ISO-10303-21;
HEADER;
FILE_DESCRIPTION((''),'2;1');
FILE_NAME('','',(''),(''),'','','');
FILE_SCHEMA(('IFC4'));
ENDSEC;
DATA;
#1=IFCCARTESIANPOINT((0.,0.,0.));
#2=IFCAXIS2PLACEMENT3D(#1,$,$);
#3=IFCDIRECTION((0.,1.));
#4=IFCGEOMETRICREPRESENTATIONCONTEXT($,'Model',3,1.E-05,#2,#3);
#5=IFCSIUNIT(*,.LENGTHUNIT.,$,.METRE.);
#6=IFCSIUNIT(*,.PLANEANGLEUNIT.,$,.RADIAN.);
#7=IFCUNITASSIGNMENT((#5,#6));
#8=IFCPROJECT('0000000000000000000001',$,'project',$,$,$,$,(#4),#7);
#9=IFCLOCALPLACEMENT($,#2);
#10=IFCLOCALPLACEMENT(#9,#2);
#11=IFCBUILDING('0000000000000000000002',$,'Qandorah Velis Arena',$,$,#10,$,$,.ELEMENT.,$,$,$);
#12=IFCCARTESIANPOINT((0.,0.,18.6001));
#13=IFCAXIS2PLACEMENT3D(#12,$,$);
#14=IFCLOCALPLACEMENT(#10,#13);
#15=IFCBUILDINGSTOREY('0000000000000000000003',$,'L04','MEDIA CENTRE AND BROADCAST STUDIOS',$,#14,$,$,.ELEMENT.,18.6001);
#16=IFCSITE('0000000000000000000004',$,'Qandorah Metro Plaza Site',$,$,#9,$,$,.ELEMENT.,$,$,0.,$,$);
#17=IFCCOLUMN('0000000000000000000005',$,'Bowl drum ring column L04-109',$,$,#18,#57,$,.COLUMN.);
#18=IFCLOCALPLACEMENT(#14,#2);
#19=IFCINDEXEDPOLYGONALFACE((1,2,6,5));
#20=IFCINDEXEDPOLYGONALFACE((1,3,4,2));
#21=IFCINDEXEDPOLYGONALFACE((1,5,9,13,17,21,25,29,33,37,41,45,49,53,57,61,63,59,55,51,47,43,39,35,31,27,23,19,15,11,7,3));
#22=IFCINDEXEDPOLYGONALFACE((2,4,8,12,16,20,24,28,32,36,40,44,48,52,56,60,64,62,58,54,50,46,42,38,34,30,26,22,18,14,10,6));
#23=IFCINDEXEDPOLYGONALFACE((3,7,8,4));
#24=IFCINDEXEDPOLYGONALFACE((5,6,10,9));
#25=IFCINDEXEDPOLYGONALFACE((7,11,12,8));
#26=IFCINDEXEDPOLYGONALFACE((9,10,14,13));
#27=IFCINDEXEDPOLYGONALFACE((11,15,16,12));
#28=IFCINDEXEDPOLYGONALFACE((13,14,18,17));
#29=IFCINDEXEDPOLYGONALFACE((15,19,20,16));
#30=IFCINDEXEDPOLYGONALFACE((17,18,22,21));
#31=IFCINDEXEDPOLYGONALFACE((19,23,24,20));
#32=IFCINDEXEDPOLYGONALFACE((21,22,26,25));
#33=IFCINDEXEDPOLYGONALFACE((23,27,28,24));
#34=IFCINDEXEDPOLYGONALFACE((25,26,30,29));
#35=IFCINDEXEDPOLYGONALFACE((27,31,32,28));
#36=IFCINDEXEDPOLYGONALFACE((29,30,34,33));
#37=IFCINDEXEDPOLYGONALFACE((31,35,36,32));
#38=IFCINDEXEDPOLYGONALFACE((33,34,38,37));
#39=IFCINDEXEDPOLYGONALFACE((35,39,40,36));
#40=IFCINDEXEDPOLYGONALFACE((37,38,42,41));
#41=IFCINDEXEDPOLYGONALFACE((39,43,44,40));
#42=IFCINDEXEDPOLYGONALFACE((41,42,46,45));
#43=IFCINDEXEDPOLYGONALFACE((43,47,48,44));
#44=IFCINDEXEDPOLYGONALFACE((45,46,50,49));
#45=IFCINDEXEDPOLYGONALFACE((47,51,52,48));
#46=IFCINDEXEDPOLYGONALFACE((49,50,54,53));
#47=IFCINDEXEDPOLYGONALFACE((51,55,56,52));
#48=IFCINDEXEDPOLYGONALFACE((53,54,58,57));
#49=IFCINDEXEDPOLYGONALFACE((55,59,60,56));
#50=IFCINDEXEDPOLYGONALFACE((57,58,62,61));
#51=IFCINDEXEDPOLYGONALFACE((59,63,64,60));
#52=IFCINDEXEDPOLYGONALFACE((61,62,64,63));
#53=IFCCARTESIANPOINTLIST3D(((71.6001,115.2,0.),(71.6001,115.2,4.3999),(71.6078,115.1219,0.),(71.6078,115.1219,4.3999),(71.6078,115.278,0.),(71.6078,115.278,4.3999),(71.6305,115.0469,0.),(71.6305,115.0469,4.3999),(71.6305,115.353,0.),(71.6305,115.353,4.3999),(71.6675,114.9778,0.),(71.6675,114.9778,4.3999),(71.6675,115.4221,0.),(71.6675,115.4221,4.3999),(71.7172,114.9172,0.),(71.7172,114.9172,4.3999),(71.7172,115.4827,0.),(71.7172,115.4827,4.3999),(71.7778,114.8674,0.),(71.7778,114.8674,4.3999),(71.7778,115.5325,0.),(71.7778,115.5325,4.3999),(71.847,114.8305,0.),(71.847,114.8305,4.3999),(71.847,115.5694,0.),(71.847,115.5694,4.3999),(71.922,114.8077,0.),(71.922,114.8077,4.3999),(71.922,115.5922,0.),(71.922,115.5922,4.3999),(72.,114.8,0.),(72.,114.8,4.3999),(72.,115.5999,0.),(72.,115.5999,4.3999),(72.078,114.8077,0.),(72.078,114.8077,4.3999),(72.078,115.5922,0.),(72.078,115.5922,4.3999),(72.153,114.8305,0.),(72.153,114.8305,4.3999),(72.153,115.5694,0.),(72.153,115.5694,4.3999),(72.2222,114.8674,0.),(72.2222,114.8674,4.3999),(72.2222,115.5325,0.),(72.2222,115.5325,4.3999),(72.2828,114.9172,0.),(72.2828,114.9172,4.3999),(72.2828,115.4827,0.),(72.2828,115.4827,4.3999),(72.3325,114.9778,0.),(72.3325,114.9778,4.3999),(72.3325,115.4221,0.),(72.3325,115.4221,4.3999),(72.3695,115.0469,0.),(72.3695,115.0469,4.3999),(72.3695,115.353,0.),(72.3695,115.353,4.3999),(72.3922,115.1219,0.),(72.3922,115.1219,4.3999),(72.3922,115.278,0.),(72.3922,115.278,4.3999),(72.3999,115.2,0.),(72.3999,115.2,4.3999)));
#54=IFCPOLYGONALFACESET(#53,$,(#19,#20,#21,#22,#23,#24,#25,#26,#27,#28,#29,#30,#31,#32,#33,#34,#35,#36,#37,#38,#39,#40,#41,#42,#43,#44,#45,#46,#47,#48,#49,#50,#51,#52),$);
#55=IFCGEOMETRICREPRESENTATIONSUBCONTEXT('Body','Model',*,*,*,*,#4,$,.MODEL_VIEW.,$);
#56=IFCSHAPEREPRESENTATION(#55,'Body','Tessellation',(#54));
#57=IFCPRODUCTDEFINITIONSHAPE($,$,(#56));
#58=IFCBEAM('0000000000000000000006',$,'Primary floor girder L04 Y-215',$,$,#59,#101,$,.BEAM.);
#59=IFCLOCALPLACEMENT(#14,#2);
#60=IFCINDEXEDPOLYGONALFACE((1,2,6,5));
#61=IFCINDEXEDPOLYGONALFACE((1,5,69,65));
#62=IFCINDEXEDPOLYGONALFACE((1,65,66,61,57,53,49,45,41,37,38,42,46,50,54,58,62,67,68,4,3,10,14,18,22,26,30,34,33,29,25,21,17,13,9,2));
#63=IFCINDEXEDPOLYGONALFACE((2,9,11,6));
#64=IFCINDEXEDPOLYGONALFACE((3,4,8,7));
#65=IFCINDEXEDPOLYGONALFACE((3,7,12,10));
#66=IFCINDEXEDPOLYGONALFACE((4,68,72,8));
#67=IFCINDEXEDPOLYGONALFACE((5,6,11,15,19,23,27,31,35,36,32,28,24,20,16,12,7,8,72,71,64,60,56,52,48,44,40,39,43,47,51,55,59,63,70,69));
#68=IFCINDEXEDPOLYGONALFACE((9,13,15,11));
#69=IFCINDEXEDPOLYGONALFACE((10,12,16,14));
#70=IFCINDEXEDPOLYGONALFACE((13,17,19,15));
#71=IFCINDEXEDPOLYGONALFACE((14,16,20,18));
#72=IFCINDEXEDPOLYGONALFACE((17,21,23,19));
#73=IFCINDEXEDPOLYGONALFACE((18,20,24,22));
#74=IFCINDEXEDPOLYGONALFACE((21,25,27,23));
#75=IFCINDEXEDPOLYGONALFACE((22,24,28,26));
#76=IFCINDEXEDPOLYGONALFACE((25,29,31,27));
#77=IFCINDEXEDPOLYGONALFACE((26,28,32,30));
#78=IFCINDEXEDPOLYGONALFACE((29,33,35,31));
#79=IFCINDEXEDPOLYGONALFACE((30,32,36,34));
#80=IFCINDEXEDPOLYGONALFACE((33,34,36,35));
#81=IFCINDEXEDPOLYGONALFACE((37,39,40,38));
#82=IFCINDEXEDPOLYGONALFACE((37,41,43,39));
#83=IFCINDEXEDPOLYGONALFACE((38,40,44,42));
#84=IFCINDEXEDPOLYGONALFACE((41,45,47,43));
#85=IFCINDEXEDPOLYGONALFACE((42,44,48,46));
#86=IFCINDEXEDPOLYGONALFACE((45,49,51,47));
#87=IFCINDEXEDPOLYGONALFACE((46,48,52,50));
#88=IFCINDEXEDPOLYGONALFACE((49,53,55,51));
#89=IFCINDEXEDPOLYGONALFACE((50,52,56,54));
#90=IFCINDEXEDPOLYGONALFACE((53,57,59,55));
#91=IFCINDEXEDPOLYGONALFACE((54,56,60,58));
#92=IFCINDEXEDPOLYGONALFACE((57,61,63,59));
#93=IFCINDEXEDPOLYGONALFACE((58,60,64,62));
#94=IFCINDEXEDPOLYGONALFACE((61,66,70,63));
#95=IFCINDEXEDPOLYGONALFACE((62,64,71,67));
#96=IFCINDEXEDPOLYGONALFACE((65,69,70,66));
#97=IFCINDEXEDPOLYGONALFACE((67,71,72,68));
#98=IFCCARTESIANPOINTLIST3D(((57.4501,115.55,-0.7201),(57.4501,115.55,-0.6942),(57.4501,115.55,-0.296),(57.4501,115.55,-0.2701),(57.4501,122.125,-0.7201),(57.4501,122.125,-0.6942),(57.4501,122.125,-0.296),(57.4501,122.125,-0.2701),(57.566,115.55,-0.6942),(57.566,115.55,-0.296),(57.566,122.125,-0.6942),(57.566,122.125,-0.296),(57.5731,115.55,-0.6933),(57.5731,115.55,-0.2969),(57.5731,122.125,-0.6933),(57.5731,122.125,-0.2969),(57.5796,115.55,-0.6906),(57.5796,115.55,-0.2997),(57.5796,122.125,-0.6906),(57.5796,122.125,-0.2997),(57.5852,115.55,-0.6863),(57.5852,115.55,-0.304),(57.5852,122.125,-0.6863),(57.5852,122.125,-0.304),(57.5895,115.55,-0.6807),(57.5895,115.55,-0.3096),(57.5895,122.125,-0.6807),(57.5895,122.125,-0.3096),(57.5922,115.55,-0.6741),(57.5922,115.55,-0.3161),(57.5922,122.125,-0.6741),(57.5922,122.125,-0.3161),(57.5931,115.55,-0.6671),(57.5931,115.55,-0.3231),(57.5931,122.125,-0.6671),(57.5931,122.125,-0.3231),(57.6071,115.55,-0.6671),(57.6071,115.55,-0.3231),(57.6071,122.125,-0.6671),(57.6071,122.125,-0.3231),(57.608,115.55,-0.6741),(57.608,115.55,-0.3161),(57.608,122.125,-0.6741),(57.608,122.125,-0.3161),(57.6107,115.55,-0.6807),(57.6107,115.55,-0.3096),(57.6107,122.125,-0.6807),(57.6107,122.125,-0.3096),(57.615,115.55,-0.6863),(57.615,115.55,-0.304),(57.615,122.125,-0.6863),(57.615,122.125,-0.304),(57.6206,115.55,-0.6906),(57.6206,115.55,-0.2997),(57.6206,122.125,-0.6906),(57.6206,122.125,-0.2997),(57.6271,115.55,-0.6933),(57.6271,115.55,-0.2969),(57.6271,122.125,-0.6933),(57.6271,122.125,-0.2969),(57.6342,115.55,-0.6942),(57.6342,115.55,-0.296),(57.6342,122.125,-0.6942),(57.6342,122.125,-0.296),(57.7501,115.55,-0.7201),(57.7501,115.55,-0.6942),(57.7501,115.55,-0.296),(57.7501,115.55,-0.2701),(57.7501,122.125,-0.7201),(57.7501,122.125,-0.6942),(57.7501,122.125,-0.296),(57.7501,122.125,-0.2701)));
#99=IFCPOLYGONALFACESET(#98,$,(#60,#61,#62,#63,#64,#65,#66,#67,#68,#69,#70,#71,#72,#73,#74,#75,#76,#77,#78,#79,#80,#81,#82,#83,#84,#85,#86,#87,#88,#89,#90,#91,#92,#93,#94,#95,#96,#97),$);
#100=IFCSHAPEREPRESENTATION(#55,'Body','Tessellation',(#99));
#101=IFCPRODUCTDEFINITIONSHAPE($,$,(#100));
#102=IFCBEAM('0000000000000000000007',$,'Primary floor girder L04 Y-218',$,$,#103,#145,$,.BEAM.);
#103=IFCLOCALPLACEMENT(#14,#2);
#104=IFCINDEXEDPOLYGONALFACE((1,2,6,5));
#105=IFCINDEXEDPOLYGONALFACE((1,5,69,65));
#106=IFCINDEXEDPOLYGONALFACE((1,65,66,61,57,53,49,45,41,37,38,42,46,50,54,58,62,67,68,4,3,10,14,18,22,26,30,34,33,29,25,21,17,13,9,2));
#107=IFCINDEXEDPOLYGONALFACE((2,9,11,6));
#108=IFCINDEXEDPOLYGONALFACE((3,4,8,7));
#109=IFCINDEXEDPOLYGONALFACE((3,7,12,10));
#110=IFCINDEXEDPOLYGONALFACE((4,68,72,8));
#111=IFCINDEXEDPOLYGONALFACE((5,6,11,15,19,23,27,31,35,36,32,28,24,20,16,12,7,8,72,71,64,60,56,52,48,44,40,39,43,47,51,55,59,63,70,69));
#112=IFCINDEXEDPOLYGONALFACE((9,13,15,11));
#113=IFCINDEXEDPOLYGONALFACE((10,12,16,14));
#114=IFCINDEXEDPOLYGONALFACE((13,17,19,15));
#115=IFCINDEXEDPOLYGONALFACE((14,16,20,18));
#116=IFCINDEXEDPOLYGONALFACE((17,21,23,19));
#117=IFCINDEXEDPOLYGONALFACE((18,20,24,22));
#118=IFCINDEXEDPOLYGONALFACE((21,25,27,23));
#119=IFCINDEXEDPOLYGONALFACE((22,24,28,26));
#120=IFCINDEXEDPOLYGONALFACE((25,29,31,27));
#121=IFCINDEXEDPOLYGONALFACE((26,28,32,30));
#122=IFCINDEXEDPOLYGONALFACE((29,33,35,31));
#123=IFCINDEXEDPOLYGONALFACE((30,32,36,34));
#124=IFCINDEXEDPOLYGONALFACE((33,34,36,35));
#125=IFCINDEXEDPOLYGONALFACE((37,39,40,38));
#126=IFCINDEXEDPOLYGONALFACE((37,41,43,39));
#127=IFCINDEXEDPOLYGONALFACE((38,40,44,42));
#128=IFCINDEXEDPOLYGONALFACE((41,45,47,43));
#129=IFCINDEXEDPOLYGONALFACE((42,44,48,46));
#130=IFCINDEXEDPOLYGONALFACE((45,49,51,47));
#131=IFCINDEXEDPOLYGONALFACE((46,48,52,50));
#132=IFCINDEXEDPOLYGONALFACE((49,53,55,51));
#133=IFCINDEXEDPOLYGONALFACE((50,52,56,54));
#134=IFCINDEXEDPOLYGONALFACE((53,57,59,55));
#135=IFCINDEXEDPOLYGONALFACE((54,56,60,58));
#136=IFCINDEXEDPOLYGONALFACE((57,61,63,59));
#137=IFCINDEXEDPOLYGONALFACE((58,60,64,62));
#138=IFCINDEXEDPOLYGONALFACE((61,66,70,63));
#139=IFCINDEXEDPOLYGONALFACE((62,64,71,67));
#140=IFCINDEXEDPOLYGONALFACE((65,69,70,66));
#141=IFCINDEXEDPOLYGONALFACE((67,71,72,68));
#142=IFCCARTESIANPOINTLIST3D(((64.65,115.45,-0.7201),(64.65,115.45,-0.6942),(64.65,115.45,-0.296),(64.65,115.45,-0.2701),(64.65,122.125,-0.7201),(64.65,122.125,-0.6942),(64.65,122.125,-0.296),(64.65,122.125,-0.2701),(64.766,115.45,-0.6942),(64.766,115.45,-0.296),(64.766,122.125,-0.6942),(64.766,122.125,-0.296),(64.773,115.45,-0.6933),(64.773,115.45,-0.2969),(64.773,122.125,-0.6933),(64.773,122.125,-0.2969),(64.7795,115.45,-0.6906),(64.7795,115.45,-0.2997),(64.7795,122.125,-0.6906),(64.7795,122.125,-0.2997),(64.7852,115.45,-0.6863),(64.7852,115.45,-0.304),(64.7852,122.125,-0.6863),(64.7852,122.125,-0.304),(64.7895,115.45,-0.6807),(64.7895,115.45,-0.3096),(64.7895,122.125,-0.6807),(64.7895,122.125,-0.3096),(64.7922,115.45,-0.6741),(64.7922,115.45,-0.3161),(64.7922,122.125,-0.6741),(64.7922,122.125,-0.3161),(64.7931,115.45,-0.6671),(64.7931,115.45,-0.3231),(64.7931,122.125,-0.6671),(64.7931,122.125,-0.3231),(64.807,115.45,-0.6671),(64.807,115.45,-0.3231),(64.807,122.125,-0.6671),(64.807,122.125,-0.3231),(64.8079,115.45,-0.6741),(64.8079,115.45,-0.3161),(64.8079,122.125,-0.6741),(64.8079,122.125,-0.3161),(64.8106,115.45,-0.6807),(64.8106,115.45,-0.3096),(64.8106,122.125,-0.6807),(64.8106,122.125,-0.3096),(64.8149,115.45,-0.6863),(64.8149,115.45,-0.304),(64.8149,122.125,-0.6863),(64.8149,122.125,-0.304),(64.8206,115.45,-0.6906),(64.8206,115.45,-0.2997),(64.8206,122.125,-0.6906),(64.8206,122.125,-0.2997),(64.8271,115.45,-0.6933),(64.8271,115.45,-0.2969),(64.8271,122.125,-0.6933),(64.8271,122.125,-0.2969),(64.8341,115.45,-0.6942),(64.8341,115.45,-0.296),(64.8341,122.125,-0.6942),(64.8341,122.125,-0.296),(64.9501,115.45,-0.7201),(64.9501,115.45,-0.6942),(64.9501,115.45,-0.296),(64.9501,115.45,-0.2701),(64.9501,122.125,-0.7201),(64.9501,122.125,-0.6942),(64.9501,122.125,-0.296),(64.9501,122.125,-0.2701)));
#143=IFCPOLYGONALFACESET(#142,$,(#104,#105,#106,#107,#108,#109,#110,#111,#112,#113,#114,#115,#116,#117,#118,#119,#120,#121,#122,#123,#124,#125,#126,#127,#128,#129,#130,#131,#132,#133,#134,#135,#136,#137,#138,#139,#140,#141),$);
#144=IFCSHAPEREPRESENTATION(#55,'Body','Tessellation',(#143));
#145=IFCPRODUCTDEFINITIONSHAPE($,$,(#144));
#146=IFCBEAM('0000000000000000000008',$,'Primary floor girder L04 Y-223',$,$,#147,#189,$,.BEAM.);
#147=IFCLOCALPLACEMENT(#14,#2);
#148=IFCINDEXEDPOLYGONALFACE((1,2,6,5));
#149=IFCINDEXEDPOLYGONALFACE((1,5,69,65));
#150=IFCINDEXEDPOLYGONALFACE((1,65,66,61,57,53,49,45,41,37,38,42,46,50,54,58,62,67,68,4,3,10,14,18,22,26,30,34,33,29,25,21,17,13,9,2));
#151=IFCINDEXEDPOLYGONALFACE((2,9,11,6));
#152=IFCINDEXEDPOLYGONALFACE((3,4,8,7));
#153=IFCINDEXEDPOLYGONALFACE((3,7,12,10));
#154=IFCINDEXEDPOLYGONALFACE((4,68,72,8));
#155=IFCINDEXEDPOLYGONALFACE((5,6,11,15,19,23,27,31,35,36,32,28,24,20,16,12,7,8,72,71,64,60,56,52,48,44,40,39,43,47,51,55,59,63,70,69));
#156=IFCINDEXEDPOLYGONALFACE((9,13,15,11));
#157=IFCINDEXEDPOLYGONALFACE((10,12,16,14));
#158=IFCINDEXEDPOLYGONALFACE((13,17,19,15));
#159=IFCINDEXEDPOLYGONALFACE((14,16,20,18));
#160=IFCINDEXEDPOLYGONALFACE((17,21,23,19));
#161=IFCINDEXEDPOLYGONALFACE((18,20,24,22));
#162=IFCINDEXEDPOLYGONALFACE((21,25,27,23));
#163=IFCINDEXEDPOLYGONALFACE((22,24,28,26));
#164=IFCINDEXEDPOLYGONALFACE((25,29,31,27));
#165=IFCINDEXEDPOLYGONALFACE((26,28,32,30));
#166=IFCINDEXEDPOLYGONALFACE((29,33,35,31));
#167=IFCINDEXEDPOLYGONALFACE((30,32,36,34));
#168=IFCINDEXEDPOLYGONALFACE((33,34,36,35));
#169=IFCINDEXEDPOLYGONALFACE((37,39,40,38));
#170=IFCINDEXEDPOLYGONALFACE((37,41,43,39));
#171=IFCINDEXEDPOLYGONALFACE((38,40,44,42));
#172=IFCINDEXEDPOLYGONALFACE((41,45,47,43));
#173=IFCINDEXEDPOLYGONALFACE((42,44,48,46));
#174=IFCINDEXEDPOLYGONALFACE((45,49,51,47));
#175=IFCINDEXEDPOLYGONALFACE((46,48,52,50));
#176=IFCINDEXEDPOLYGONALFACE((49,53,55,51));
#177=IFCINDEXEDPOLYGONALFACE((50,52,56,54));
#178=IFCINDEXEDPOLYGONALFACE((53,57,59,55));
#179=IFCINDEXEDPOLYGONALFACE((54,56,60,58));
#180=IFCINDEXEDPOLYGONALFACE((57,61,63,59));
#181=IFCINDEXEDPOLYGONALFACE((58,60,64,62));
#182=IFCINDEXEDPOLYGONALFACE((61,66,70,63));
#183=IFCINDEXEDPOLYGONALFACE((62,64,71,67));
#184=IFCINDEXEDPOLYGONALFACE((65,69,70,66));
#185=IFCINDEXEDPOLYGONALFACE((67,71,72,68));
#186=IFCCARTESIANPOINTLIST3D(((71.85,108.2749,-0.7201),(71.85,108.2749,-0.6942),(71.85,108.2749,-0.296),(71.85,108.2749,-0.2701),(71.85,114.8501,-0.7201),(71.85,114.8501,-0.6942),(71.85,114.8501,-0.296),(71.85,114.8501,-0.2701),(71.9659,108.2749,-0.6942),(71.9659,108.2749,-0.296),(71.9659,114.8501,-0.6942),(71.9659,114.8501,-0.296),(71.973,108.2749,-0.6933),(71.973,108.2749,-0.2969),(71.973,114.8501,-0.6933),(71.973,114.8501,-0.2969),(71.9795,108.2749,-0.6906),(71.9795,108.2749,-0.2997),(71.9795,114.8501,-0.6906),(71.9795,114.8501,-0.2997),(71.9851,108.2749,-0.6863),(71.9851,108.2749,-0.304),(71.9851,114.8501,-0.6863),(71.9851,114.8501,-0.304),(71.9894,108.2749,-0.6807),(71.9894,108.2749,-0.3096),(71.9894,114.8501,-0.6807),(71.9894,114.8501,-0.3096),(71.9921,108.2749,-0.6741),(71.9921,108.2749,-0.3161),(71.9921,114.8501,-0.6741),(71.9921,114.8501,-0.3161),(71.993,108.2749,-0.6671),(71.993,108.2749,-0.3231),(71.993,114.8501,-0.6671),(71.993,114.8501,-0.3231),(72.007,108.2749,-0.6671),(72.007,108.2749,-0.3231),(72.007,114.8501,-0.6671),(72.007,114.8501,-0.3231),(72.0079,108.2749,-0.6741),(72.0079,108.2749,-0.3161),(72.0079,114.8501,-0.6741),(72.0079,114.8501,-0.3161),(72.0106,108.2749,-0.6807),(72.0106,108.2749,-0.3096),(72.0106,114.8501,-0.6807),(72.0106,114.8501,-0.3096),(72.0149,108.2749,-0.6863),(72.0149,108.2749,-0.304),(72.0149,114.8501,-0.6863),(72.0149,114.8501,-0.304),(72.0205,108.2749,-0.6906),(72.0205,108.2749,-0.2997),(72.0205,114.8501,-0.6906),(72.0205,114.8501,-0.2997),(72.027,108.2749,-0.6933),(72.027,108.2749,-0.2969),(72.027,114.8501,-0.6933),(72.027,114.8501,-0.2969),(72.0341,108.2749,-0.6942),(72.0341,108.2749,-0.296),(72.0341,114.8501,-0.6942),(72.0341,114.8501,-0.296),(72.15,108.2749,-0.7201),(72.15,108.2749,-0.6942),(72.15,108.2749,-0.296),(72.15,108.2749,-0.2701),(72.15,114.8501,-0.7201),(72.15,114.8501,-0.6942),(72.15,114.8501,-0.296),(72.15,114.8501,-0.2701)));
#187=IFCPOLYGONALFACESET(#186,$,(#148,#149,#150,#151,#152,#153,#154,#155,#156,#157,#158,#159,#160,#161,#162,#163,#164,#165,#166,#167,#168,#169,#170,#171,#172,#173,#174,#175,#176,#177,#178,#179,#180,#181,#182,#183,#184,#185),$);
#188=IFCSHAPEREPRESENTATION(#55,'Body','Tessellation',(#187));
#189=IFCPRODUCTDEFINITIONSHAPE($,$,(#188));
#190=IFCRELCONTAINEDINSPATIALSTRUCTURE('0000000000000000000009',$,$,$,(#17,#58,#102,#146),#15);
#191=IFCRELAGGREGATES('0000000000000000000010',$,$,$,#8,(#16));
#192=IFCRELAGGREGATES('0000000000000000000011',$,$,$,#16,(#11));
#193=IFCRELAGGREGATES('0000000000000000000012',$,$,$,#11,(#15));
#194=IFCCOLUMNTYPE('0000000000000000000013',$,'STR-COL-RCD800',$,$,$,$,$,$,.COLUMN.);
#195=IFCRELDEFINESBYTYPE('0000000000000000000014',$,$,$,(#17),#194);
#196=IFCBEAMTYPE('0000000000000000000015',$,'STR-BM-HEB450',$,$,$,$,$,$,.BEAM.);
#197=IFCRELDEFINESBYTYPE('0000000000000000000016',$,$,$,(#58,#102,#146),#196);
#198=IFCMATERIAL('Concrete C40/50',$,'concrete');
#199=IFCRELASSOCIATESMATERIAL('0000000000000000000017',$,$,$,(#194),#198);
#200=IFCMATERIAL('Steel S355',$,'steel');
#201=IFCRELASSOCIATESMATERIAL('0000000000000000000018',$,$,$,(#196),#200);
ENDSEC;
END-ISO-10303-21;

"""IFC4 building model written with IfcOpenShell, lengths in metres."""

from ifc_helpers import new_model, si_unit, direction, frame, origin, origin_2d, place, context, subcontext, project, spatial, circle, i_section, extrude, material, material_profile, profile_set, type_object, element, save


model = new_model("IFC4")

# Units and contexts
model_context = context("Model", 3, precision=1e-05, world=origin(), true_north=direction((0.0, 1.0)))
body_context = subcontext(model_context, "Body", "Model", "MODEL_VIEW")
ifc_project = project(units=[si_unit("LENGTHUNIT", "METRE"), si_unit("PLANEANGLEUNIT", "RADIAN")], contexts=[model_context])

# Site, building, storey
site_placement = place(None, origin())
site = spatial("IfcSite", under=ifc_project, at=site_placement, Name="Qandorah Metro Plaza Site", CompositionType="ELEMENT", RefElevation=0.0)
building_placement = place(site_placement, origin())
building = spatial("IfcBuilding", under=site, at=building_placement, Name="Qandorah Velis Arena", CompositionType="ELEMENT")
storey_placement = place(building_placement, frame((0.0, 0.0, 18.6001)))
storey = spatial("IfcBuildingStorey", under=building, at=storey_placement, Name="L04", Description="MEDIA CENTRE AND BROADCAST STUDIOS", CompositionType="ELEMENT", Elevation=18.6001)

# Column
ifc_material_1 = material(Name="Steel S355", Category="steel")
ifc_material_2 = material(Name="Concrete C40/50", Category="concrete")
ifc_material_profile_1 = material_profile(ifc_material_2, circle(Radius=0.3999, at=origin_2d()), Name="RC D800")
ifc_profile_set_1 = profile_set([ifc_material_profile_1], Name="Concrete C40/50")
column_type_1 = type_object("IfcColumnType", Name="STR-COL-RCD800", PredefinedType="COLUMN", material=ifc_profile_set_1)
for number, where, z_axis, x_axis, name in (
    (1, (72.0, 115.2, 0.0), (0.0, 0.0, 1.0), (1.0, 0.0, 0.0), "Bowl drum ring column L04-109"),
):
    element("IfcColumn", number, at=place(storey_placement, frame(where, z_axis=z_axis, x_axis=x_axis)), inside=storey, type_object=column_type_1, Name=name, PredefinedType="COLUMN", context=body_context, shape_type="SweptSolid", body=[
        extrude(circle(Radius=0.3999, at=origin_2d()), origin(), (0.0, 0.0, 1.0), 4.3999),
    ])

# Beams
ifc_material_profile_2 = material_profile(ifc_material_1, i_section(OverallWidth=0.3, OverallDepth=0.45, WebThickness=0.0139, FlangeThickness=0.0259, FilletRadius=0.0271, at=origin_2d()), Name="HEB 450")
ifc_profile_set_2 = profile_set([ifc_material_profile_2], Name="Steel S355")
beam_type_1 = type_object("IfcBeamType", Name="STR-BM-HEB450", PredefinedType="BEAM", material=ifc_profile_set_2)
beam_1_placement = place(storey_placement, frame((57.6001, 115.55, -0.4951), z_axis=(0.0, 1.0, 0.0), x_axis=(-1.0, 0.0, 0.0)))
element("IfcBeam", 2, at=beam_1_placement, inside=storey, type_object=beam_type_1, Name="Primary floor girder L04 Y-215", PredefinedType="BEAM", context=body_context, shape_type="SweptSolid", body=[
    extrude(i_section(OverallWidth=0.3, OverallDepth=0.45, WebThickness=0.0139, FlangeThickness=0.0259, FilletRadius=0.0271, at=origin_2d()), origin(), (0.0, 0.0, 1.0), 6.575),
])
beam_2_placement = place(storey_placement, frame((64.8, 115.45, -0.4951), z_axis=(0.0, 1.0, 0.0), x_axis=(-1.0, 0.0, 0.0)))
element("IfcBeam", 3, at=beam_2_placement, inside=storey, type_object=beam_type_1, Name="Primary floor girder L04 Y-218", PredefinedType="BEAM", context=body_context, shape_type="SweptSolid", body=[
    extrude(i_section(OverallWidth=0.3, OverallDepth=0.45, WebThickness=0.0139, FlangeThickness=0.0259, FilletRadius=0.0271, at=origin_2d()), origin(), (0.0, 0.0, 1.0), 6.675),
])
beam_3_placement = place(storey_placement, frame((72.0, 108.2749, -0.4951), z_axis=(0.0, 1.0, 0.0), x_axis=(-1.0, 0.0, 0.0)))
element("IfcBeam", 4, at=beam_3_placement, inside=storey, type_object=beam_type_1, Name="Primary floor girder L04 Y-223", PredefinedType="BEAM", context=body_context, shape_type="SweptSolid", body=[
    extrude(i_section(OverallWidth=0.3, OverallDepth=0.45, WebThickness=0.0139, FlangeThickness=0.0259, FilletRadius=0.0271, at=origin_2d()), origin(), (0.0, 0.0, 1.0), 6.5752),
])

save(model, "model.ifc")
